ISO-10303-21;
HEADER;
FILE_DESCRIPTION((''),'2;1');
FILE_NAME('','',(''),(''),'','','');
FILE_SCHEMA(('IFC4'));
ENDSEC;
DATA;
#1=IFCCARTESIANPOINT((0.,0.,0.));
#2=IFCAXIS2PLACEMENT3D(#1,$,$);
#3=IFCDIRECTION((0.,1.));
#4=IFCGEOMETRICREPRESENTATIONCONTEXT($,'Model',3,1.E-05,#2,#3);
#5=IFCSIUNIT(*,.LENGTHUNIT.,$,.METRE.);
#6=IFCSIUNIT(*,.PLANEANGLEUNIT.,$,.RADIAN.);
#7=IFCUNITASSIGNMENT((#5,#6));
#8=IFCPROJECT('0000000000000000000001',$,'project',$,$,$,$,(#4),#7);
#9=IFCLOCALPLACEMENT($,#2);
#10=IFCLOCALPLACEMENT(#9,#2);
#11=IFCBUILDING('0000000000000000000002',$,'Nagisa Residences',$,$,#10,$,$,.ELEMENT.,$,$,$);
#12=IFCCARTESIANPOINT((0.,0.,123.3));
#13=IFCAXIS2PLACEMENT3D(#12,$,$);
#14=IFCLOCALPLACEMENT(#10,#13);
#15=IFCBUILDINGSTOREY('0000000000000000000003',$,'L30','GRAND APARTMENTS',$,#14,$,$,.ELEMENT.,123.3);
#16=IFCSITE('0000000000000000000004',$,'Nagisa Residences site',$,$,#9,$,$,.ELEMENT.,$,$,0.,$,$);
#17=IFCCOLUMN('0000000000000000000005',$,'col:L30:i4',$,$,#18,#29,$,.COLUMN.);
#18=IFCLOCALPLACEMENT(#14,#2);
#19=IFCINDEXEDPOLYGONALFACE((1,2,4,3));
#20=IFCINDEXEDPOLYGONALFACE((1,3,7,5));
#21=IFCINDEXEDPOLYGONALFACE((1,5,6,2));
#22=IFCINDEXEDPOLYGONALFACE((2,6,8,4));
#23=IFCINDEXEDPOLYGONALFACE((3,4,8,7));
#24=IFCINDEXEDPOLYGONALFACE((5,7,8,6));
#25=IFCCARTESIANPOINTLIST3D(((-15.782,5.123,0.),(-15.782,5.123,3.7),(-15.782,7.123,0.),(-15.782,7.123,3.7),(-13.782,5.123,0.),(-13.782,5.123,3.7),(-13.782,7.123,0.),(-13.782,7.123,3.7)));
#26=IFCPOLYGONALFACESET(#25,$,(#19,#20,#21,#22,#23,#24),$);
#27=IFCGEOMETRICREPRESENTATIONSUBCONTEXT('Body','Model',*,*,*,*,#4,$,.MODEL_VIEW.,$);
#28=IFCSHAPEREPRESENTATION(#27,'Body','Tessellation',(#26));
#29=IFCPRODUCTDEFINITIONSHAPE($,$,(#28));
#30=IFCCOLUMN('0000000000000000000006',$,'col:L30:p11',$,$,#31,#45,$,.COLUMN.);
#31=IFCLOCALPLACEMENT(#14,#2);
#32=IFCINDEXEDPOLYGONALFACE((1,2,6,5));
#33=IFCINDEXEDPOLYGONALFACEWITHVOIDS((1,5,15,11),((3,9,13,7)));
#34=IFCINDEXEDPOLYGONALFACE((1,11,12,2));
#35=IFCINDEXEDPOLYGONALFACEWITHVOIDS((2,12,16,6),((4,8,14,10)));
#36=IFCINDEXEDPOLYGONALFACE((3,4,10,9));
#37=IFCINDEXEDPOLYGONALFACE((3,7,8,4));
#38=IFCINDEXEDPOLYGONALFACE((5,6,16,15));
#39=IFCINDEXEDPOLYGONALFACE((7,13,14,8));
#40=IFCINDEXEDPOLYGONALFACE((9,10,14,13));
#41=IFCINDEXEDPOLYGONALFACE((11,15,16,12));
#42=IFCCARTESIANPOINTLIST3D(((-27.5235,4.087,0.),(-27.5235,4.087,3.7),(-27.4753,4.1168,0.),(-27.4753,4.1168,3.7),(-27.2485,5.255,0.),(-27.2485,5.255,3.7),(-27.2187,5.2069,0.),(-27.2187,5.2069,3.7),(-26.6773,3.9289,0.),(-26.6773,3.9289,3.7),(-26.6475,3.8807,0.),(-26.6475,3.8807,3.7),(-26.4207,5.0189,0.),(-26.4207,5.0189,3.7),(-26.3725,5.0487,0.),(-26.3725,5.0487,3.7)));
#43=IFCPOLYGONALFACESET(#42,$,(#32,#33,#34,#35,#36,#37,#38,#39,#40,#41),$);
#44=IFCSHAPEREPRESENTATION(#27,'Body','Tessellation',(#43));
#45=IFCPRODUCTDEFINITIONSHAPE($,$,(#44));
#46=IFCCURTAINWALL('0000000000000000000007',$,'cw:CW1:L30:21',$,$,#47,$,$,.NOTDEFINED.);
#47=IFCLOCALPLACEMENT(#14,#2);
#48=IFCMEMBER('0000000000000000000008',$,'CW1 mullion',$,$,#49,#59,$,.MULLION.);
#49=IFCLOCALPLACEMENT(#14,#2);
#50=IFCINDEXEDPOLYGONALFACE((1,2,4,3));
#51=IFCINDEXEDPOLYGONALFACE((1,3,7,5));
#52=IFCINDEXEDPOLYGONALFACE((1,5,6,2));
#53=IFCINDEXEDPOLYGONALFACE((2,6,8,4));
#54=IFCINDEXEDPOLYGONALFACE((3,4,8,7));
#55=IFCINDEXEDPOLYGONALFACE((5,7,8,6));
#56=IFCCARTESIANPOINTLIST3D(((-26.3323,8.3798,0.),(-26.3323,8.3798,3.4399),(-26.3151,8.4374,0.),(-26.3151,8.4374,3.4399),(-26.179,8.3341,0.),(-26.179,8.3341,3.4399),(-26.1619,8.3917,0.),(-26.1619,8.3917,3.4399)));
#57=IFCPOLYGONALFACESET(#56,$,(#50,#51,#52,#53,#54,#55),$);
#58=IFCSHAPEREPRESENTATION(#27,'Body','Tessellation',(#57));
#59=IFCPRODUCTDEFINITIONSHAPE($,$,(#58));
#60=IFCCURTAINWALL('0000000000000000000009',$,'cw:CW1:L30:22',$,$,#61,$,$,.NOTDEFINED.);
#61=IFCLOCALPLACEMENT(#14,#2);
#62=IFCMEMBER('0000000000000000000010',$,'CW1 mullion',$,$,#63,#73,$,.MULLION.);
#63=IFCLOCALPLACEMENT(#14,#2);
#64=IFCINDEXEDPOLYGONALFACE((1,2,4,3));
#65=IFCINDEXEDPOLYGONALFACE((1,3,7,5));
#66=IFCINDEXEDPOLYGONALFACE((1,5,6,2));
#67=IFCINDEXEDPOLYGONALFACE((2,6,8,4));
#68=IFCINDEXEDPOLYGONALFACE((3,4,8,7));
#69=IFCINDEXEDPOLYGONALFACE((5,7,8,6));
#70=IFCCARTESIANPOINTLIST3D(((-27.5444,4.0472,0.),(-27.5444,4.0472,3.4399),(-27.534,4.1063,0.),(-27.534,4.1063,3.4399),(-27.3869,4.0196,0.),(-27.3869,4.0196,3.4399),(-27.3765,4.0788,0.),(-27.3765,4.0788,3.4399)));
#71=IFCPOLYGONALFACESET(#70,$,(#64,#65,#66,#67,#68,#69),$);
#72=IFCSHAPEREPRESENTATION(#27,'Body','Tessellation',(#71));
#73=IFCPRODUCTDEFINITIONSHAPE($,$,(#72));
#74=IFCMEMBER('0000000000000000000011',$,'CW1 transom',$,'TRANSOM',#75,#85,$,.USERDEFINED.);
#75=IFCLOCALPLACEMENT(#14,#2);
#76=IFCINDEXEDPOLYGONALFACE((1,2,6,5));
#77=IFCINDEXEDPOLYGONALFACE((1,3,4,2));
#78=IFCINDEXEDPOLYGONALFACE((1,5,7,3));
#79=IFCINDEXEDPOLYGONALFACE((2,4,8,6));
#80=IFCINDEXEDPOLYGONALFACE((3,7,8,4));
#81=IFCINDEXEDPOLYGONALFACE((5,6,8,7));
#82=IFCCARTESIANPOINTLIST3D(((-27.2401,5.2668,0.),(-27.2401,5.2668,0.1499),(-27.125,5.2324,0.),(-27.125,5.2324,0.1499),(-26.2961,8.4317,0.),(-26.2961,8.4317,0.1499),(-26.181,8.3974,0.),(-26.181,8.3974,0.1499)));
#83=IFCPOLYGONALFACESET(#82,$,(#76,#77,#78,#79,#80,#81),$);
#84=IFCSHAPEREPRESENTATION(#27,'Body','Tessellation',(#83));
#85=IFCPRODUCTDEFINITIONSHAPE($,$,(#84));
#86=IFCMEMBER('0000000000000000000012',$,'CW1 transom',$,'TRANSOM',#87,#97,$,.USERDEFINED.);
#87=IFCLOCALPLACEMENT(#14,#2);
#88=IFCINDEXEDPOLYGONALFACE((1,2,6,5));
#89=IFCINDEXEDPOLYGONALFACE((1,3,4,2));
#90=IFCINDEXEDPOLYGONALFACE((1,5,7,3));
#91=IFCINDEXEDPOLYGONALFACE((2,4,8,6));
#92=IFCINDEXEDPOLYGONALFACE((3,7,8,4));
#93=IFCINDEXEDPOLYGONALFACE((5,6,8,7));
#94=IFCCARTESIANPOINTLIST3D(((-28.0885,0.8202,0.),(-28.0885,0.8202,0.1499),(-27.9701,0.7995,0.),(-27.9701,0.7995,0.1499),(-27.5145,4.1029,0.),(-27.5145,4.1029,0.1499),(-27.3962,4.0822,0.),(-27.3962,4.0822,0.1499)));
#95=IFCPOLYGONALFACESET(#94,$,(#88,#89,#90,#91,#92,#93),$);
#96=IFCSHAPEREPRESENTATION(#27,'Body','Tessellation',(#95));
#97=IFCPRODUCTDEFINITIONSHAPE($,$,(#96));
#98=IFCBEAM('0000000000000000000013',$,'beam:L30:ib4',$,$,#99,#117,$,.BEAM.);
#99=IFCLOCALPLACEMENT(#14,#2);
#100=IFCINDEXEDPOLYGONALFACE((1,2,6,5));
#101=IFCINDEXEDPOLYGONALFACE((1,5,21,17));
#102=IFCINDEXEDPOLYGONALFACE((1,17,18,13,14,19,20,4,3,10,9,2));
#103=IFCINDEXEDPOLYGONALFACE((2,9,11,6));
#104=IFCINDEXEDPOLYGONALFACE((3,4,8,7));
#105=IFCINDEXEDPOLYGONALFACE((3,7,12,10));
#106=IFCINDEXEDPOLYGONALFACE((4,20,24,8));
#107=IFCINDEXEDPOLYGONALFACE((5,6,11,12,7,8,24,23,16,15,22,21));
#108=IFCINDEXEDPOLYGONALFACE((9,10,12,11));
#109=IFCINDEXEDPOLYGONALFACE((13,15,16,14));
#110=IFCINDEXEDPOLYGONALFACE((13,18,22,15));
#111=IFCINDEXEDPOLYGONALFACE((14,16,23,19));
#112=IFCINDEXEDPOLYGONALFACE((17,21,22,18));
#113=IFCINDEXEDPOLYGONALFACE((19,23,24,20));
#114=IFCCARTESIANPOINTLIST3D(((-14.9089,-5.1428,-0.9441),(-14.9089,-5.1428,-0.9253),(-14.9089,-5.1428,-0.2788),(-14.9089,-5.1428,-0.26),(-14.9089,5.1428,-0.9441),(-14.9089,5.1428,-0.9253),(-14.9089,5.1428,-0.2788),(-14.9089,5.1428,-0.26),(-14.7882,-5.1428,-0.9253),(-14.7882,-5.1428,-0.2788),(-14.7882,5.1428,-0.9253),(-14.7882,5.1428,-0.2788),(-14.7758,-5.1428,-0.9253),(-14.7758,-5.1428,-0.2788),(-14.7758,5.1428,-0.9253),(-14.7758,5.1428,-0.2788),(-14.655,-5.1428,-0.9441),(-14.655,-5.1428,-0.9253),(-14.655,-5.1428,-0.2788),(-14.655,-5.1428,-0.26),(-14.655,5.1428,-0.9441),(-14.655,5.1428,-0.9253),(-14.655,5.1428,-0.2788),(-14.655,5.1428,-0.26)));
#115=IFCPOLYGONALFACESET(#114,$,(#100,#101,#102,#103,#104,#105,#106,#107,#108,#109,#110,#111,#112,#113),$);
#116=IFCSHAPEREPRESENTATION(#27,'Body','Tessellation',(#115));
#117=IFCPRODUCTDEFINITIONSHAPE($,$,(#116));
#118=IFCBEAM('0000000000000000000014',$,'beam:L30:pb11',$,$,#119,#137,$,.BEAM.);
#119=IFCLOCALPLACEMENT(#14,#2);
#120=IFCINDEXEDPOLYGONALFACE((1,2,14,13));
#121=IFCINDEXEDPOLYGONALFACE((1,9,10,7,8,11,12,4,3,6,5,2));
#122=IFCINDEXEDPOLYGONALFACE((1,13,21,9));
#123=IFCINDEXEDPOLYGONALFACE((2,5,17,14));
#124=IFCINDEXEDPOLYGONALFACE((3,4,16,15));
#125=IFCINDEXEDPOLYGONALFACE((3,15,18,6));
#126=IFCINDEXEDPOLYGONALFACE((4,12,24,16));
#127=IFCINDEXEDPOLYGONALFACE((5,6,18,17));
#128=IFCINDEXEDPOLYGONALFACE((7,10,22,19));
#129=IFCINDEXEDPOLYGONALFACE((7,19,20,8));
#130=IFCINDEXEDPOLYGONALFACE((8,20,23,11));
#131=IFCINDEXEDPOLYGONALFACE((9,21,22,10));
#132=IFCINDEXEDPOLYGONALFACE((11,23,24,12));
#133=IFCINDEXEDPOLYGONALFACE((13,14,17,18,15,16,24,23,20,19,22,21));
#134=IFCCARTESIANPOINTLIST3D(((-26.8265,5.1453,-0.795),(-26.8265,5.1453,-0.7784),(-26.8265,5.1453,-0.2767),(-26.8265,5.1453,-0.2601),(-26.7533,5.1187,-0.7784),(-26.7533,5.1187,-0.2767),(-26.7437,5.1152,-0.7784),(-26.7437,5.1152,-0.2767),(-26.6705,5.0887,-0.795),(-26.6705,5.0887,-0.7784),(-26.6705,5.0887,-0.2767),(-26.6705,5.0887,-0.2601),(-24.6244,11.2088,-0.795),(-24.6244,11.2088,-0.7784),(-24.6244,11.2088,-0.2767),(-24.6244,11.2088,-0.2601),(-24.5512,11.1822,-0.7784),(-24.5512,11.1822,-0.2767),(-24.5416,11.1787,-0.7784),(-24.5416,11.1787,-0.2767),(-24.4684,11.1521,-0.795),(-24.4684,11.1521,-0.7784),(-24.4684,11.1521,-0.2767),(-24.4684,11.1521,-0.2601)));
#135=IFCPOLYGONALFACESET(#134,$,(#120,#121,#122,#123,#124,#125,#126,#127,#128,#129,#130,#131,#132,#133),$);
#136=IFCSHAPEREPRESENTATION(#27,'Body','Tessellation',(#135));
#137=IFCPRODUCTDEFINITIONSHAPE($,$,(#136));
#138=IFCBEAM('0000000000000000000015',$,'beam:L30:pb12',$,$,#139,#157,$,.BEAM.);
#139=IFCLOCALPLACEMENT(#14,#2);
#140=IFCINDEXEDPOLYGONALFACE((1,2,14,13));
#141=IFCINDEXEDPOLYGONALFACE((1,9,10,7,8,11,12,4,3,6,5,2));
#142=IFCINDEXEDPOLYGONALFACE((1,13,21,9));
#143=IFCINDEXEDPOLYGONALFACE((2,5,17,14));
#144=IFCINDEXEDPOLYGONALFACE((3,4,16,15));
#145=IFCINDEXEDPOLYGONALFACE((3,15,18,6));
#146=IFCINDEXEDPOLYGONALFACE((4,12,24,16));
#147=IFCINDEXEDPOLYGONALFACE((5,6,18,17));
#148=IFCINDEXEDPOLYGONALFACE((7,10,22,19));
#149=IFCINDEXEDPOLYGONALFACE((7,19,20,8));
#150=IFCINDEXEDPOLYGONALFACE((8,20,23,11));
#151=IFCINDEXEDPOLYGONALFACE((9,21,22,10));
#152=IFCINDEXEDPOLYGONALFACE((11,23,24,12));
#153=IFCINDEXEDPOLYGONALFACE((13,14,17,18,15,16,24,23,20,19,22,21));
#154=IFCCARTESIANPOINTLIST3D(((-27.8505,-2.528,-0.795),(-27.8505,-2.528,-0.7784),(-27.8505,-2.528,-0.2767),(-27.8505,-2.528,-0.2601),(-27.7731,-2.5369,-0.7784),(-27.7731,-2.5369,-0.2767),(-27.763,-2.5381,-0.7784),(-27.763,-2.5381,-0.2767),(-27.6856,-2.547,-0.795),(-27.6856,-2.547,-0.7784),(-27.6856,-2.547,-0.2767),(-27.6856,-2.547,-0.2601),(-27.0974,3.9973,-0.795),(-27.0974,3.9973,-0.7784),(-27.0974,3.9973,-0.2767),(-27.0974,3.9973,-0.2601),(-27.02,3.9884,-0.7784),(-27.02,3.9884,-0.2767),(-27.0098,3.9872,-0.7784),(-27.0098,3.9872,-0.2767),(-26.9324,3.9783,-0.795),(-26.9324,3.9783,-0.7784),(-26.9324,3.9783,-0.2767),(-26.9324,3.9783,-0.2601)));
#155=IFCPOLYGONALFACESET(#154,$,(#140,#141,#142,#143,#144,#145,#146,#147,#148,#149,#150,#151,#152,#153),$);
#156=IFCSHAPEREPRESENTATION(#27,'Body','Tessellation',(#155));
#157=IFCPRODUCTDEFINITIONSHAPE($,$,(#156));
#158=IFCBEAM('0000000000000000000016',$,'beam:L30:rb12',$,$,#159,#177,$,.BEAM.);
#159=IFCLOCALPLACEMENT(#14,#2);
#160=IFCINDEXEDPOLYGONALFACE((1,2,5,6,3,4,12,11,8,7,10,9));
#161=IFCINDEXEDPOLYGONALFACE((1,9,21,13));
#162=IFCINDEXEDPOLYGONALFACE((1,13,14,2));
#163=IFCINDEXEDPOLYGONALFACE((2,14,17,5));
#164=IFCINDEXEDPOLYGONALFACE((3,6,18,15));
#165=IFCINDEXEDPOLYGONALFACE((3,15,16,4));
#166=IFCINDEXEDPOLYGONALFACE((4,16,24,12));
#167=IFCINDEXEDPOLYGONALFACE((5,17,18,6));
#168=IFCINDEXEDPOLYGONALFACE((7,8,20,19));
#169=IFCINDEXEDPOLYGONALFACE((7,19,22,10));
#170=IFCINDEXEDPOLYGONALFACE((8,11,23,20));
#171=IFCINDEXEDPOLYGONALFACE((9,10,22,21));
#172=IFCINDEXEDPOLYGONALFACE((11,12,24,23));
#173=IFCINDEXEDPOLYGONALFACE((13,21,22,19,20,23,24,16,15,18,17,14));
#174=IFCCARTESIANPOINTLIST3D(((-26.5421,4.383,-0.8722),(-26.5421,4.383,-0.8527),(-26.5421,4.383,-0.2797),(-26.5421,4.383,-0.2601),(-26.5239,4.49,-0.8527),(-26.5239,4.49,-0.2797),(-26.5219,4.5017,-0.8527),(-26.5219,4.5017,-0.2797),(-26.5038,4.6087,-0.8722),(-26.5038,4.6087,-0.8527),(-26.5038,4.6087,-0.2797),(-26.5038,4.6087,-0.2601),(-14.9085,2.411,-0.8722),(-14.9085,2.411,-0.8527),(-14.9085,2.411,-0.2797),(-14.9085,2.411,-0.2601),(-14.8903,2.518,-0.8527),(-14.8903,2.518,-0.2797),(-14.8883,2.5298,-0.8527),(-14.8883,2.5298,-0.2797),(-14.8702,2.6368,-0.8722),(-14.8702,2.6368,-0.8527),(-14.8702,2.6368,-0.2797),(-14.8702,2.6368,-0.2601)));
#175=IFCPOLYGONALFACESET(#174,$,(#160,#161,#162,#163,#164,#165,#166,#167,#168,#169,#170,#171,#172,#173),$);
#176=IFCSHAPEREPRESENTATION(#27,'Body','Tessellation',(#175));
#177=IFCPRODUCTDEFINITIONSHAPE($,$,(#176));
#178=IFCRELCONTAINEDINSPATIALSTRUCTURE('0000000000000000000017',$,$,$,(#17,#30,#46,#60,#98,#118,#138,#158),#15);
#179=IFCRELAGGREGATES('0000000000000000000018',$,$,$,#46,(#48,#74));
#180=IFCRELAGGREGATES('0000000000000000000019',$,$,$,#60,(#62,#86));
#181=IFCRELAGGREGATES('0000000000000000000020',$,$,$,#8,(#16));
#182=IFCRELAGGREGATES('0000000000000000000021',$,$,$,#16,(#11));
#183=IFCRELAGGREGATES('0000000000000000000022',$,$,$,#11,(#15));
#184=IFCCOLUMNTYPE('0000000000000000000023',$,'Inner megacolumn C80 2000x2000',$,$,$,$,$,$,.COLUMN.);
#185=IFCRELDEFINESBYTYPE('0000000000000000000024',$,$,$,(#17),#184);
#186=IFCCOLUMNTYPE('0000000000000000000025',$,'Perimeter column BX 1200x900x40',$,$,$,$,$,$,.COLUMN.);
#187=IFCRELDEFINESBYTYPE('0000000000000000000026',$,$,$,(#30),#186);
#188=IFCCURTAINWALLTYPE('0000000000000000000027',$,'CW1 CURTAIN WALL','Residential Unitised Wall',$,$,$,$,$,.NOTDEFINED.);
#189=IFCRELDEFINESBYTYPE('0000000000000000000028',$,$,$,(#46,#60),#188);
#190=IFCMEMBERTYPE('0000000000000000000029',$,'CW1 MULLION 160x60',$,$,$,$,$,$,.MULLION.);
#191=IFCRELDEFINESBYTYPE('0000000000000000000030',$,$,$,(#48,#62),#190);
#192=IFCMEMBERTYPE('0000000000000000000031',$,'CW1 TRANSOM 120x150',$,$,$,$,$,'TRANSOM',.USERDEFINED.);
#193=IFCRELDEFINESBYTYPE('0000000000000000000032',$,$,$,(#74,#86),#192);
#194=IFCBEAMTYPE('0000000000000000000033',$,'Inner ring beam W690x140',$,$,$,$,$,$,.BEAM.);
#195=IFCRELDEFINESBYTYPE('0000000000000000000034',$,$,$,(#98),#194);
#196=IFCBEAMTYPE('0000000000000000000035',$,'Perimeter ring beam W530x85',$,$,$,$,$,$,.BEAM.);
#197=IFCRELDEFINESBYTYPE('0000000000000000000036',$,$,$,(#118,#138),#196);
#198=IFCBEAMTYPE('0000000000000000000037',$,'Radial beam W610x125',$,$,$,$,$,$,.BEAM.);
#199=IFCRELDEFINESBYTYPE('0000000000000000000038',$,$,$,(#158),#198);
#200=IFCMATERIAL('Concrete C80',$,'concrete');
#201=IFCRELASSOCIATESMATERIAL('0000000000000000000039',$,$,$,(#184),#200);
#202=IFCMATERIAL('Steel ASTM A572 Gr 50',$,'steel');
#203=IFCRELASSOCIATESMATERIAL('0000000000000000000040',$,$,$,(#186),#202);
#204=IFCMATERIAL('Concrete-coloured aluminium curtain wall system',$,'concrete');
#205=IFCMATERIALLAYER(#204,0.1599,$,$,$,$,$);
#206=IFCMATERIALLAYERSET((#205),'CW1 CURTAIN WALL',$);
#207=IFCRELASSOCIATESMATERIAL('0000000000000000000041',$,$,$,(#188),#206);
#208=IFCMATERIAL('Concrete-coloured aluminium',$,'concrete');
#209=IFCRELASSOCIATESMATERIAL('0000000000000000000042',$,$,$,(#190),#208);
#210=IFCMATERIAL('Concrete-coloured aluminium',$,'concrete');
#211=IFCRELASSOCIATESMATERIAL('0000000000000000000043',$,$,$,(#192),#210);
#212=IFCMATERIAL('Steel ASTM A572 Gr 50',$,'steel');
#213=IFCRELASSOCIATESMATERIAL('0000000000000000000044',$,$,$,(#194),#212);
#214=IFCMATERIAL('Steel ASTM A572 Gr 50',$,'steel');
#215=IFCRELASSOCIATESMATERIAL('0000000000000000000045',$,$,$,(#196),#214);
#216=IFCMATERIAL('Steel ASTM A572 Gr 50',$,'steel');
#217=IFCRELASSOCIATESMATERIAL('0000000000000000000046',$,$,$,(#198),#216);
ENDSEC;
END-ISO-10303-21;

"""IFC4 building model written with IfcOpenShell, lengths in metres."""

from ifc_helpers import new_model, si_unit, direction, frame, origin, origin_2d, place, context, subcontext, project, spatial, rectangle, hollow_rectangle, i_section, extrude, material, layer, layer_set, material_profile, profile_set, type_object, element, aggregate, save


model = new_model("IFC4")

# Units and contexts
model_context = context("Model", 3, precision=1e-05, world=origin(), true_north=direction((0.0, 1.0)))
body_context = subcontext(model_context, "Body", "Model", "MODEL_VIEW")
ifc_project = project(units=[si_unit("LENGTHUNIT", "METRE"), si_unit("PLANEANGLEUNIT", "RADIAN")], contexts=[model_context])

# Site, building, storey
site_placement = place(None, origin())
site = spatial("IfcSite", under=ifc_project, at=site_placement, Name="Nagisa Residences site", CompositionType="ELEMENT", RefElevation=0.0)
building_placement = place(site_placement, origin())
building = spatial("IfcBuilding", under=site, at=building_placement, Name="Nagisa Residences", CompositionType="ELEMENT")
storey_placement = place(building_placement, frame((0.0, 0.0, 123.3)))
storey = spatial("IfcBuildingStorey", under=building, at=storey_placement, Name="L30", Description="GRAND APARTMENTS", CompositionType="ELEMENT", Elevation=123.3)

# Columns
ifc_material_1 = material(Name="Concrete C80", Category="concrete")
ifc_material_profile_1 = material_profile(ifc_material_1, rectangle(XDim=2.0, YDim=2.0, at=origin_2d()), Name="C80 2000x2000")
ifc_profile_set_1 = profile_set([ifc_material_profile_1], Name="Concrete C80")
column_type_1 = type_object("IfcColumnType", Name="Inner megacolumn C80 2000x2000", PredefinedType="COLUMN", material=ifc_profile_set_1)
column_1_placement = place(storey_placement, frame((-14.782, 6.123, 0.0), z_axis=(0.0, 0.0, 1.0), x_axis=(1.0, 0.0, 0.0)))
element("IfcColumn", 1, at=column_1_placement, inside=storey, type_object=column_type_1, Name="col:L30:i4", PredefinedType="COLUMN", context=body_context, shape_type="SweptSolid", body=[
    extrude(rectangle(XDim=2.0, YDim=2.0, at=origin_2d()), origin(), (0.0, 0.0, 1.0), 3.7),
])
ifc_material_2 = material(Name="Steel ASTM A572 Gr 50", Category="steel")
ifc_material_profile_2 = material_profile(ifc_material_2, hollow_rectangle(XDim=1.2, YDim=0.8999, WallThickness=0.04, at=origin_2d()), Name="BX 1200x900x40")
ifc_profile_set_2 = profile_set([ifc_material_profile_2], Name="Steel ASTM A572 Gr 50")
column_type_2 = type_object("IfcColumnType", Name="Perimeter column BX 1200x900x40", PredefinedType="COLUMN", material=ifc_profile_set_2)
column_2_placement = place(storey_placement, frame((-26.948, 4.5679, 0.0), z_axis=(0.0, 0.0, 1.0), x_axis=(-0.229202, -0.973379, 0.0)))
element("IfcColumn", 2, at=column_2_placement, inside=storey, type_object=column_type_2, Name="col:L30:p11", PredefinedType="COLUMN", context=body_context, shape_type="SweptSolid", body=[
    extrude(hollow_rectangle(XDim=1.2, YDim=0.8999, WallThickness=0.04, at=origin_2d()), origin(), (0.0, 0.0, 1.0), 3.7),
])

# Curtain walls, members
ifc_material_3 = material(Name="Concrete-coloured aluminium curtain wall system", Category="concrete")
ifc_layer_1 = layer(ifc_material_3, 0.1599)
ifc_layer_set_1 = layer_set([ifc_layer_1], Name="CW1 CURTAIN WALL")
curtain_wall_type = type_object("IfcCurtainWallType", Name="CW1 CURTAIN WALL", Description="Residential Unitised Wall", PredefinedType="NOTDEFINED", material=ifc_layer_set_1)
curtain_wall_1_placement = place(storey_placement, origin())
curtain_wall_1 = element("IfcCurtainWall", 3, at=curtain_wall_1_placement, inside=storey, type_object=curtain_wall_type, Name="cw:CW1:L30:21", PredefinedType="NOTDEFINED")
ifc_material_4 = material(Name="Concrete-coloured aluminium", Category="concrete")
ifc_material_profile_3 = material_profile(ifc_material_4, rectangle(XDim=0.1599, YDim=0.0601, at=origin_2d()), Name="CW1 MULLION 160x60")
ifc_profile_set_3 = profile_set([ifc_material_profile_3], Name="Concrete-coloured aluminium")
member_type_1 = type_object("IfcMemberType", Name="CW1 MULLION 160x60", PredefinedType="MULLION", material=ifc_profile_set_3)
member_1_placement = place(storey_placement, frame((-26.2471, 8.3857, 0.0), z_axis=(0.0, 0.0, 1.0), x_axis=(0.958271, -0.28586, 0.0)))
member_1 = element("IfcMember", 4, at=member_1_placement, type_object=member_type_1, Name="CW1 mullion", PredefinedType="MULLION", context=body_context, shape_type="SweptSolid", body=[
    extrude(rectangle(XDim=0.1599, YDim=0.0601, at=origin_2d()), origin(), (0.0, 0.0, 1.0), 3.4399),
])
curtain_wall_2_placement = place(storey_placement, origin())
curtain_wall_2 = element("IfcCurtainWall", 5, at=curtain_wall_2_placement, inside=storey, type_object=curtain_wall_type, Name="cw:CW1:L30:22", PredefinedType="NOTDEFINED")
member_2_placement = place(storey_placement, frame((-27.4604, 4.063, 0.0), z_axis=(0.0, 0.0, 1.0), x_axis=(0.985064, -0.172191, 0.0)))
member_2 = element("IfcMember", 6, at=member_2_placement, type_object=member_type_1, Name="CW1 mullion", PredefinedType="MULLION", context=body_context, shape_type="SweptSolid", body=[
    extrude(rectangle(XDim=0.1599, YDim=0.0601, at=origin_2d()), origin(), (0.0, 0.0, 1.0), 3.4399),
])

# Members
ifc_material_5 = material(Name="Concrete-coloured aluminium", Category="concrete")
ifc_material_profile_4 = material_profile(ifc_material_5, rectangle(XDim=0.1201, YDim=0.1499, at=origin_2d()), Name="CW1 TRANSOM 120x150")
ifc_profile_set_4 = profile_set([ifc_material_profile_4], Name="Concrete-coloured aluminium")
member_type_2 = type_object("IfcMemberType", Name="CW1 TRANSOM 120x150", ElementType="TRANSOM", PredefinedType="USERDEFINED", material=ifc_profile_set_4)
member_3_placement = place(storey_placement, frame((-26.2385, 8.4146, 0.075), z_axis=(-0.285842, -0.958277, 0.0), x_axis=(0.958277, -0.285842, 0.0)))
member_3 = element("IfcMember", 7, at=member_3_placement, type_object=member_type_2, Name="CW1 transom", ObjectType="TRANSOM", PredefinedType="USERDEFINED", context=body_context, shape_type="SweptSolid", body=[
    extrude(rectangle(XDim=0.1201, YDim=0.1499, at=origin_2d()), origin(), (0.0, 0.0, 1.0), 3.3027),
])
member_4_placement = place(storey_placement, frame((-27.4553, 4.0925, 0.075), z_axis=(-0.172235, -0.985056, 0.0), x_axis=(0.985056, -0.172235, 0.0)))
member_4 = element("IfcMember", 8, at=member_4_placement, type_object=member_type_2, Name="CW1 transom", ObjectType="TRANSOM", PredefinedType="USERDEFINED", context=body_context, shape_type="SweptSolid", body=[
    extrude(rectangle(XDim=0.1201, YDim=0.1499, at=origin_2d()), origin(), (0.0, 0.0, 1.0), 3.3325),
])

# Beams
ifc_material_6 = material(Name="Steel ASTM A572 Gr 50", Category="steel")
ifc_material_profile_5 = material_profile(ifc_material_6, i_section(OverallWidth=0.2539, OverallDepth=0.6841, WebThickness=0.0125, FlangeThickness=0.0188, at=origin_2d()), Name="W690x140")
ifc_profile_set_5 = profile_set([ifc_material_profile_5], Name="Steel ASTM A572 Gr 50")
beam_type_1 = type_object("IfcBeamType", Name="Inner ring beam W690x140", PredefinedType="BEAM", material=ifc_profile_set_5)
beam_1_placement = place(storey_placement, frame((-14.782, 5.1428, -0.6021), z_axis=(0.0, -1.0, 0.0), x_axis=(1.0, 0.0, 0.0)))
element("IfcBeam", 9, at=beam_1_placement, inside=storey, type_object=beam_type_1, Name="beam:L30:ib4", PredefinedType="BEAM", context=body_context, shape_type="SweptSolid", body=[
    extrude(i_section(OverallWidth=0.2539, OverallDepth=0.6841, WebThickness=0.0125, FlangeThickness=0.0188, at=origin_2d()), origin(), (0.0, 0.0, 1.0), 10.2856),
])
ifc_material_7 = material(Name="Steel ASTM A572 Gr 50", Category="steel")
ifc_material_profile_6 = material_profile(ifc_material_7, i_section(OverallWidth=0.166, OverallDepth=0.5349, WebThickness=0.0103, FlangeThickness=0.0166, at=origin_2d()), Name="W530x85")
ifc_profile_set_6 = profile_set([ifc_material_profile_6], Name="Steel ASTM A572 Gr 50")
beam_type_2 = type_object("IfcBeamType", Name="Perimeter ring beam W530x85", PredefinedType="BEAM", material=ifc_profile_set_6)
beam_2_placement = place(storey_placement, frame((-24.5464, 11.1804, -0.5276), z_axis=(-0.341366, -0.93993, 0.0), x_axis=(0.93993, -0.341366, 0.0)))
element("IfcBeam", 10, at=beam_2_placement, inside=storey, type_object=beam_type_2, Name="beam:L30:pb11", PredefinedType="BEAM", context=body_context, shape_type="SweptSolid", body=[
    extrude(i_section(OverallWidth=0.166, OverallDepth=0.5349, WebThickness=0.0103, FlangeThickness=0.0166, at=origin_2d()), origin(), (0.0, 0.0, 1.0), 6.4509),
])
beam_3_placement = place(storey_placement, frame((-27.0149, 3.9878, -0.5276), z_axis=(-0.114661, -0.993405, 0.0), x_axis=(0.993405, -0.114661, 0.0)))
element("IfcBeam", 11, at=beam_3_placement, inside=storey, type_object=beam_type_2, Name="beam:L30:pb12", PredefinedType="BEAM", context=body_context, shape_type="SweptSolid", body=[
    extrude(i_section(OverallWidth=0.166, OverallDepth=0.5349, WebThickness=0.0103, FlangeThickness=0.0166, at=origin_2d()), origin(), (0.0, 0.0, 1.0), 6.5686),
])
ifc_material_8 = material(Name="Steel ASTM A572 Gr 50", Category="steel")
ifc_material_profile_7 = material_profile(ifc_material_8, i_section(OverallWidth=0.229, OverallDepth=0.6121, WebThickness=0.012, FlangeThickness=0.0195, at=origin_2d()), Name="W610x125")
ifc_profile_set_7 = profile_set([ifc_material_profile_7], Name="Steel ASTM A572 Gr 50")
beam_type_3 = type_object("IfcBeamType", Name="Radial beam W610x125", PredefinedType="BEAM", material=ifc_profile_set_7)
beam_4_placement = place(storey_placement, frame((-26.5229, 4.4958, -0.5662), z_axis=(0.985937, -0.167119, 0.0), x_axis=(0.167119, 0.985937, 0.0)))
element("IfcBeam", 12, at=beam_4_placement, inside=storey, type_object=beam_type_3, Name="beam:L30:rb12", PredefinedType="BEAM", context=body_context, shape_type="SweptSolid", body=[
    extrude(i_section(OverallWidth=0.229, OverallDepth=0.6121, WebThickness=0.012, FlangeThickness=0.0195, at=origin_2d()), origin(), (0.0, 0.0, 1.0), 11.7996),
])

aggregate(curtain_wall_1, [member_1, member_3])
aggregate(curtain_wall_2, [member_2, member_4])

save(model, "model.ifc")
